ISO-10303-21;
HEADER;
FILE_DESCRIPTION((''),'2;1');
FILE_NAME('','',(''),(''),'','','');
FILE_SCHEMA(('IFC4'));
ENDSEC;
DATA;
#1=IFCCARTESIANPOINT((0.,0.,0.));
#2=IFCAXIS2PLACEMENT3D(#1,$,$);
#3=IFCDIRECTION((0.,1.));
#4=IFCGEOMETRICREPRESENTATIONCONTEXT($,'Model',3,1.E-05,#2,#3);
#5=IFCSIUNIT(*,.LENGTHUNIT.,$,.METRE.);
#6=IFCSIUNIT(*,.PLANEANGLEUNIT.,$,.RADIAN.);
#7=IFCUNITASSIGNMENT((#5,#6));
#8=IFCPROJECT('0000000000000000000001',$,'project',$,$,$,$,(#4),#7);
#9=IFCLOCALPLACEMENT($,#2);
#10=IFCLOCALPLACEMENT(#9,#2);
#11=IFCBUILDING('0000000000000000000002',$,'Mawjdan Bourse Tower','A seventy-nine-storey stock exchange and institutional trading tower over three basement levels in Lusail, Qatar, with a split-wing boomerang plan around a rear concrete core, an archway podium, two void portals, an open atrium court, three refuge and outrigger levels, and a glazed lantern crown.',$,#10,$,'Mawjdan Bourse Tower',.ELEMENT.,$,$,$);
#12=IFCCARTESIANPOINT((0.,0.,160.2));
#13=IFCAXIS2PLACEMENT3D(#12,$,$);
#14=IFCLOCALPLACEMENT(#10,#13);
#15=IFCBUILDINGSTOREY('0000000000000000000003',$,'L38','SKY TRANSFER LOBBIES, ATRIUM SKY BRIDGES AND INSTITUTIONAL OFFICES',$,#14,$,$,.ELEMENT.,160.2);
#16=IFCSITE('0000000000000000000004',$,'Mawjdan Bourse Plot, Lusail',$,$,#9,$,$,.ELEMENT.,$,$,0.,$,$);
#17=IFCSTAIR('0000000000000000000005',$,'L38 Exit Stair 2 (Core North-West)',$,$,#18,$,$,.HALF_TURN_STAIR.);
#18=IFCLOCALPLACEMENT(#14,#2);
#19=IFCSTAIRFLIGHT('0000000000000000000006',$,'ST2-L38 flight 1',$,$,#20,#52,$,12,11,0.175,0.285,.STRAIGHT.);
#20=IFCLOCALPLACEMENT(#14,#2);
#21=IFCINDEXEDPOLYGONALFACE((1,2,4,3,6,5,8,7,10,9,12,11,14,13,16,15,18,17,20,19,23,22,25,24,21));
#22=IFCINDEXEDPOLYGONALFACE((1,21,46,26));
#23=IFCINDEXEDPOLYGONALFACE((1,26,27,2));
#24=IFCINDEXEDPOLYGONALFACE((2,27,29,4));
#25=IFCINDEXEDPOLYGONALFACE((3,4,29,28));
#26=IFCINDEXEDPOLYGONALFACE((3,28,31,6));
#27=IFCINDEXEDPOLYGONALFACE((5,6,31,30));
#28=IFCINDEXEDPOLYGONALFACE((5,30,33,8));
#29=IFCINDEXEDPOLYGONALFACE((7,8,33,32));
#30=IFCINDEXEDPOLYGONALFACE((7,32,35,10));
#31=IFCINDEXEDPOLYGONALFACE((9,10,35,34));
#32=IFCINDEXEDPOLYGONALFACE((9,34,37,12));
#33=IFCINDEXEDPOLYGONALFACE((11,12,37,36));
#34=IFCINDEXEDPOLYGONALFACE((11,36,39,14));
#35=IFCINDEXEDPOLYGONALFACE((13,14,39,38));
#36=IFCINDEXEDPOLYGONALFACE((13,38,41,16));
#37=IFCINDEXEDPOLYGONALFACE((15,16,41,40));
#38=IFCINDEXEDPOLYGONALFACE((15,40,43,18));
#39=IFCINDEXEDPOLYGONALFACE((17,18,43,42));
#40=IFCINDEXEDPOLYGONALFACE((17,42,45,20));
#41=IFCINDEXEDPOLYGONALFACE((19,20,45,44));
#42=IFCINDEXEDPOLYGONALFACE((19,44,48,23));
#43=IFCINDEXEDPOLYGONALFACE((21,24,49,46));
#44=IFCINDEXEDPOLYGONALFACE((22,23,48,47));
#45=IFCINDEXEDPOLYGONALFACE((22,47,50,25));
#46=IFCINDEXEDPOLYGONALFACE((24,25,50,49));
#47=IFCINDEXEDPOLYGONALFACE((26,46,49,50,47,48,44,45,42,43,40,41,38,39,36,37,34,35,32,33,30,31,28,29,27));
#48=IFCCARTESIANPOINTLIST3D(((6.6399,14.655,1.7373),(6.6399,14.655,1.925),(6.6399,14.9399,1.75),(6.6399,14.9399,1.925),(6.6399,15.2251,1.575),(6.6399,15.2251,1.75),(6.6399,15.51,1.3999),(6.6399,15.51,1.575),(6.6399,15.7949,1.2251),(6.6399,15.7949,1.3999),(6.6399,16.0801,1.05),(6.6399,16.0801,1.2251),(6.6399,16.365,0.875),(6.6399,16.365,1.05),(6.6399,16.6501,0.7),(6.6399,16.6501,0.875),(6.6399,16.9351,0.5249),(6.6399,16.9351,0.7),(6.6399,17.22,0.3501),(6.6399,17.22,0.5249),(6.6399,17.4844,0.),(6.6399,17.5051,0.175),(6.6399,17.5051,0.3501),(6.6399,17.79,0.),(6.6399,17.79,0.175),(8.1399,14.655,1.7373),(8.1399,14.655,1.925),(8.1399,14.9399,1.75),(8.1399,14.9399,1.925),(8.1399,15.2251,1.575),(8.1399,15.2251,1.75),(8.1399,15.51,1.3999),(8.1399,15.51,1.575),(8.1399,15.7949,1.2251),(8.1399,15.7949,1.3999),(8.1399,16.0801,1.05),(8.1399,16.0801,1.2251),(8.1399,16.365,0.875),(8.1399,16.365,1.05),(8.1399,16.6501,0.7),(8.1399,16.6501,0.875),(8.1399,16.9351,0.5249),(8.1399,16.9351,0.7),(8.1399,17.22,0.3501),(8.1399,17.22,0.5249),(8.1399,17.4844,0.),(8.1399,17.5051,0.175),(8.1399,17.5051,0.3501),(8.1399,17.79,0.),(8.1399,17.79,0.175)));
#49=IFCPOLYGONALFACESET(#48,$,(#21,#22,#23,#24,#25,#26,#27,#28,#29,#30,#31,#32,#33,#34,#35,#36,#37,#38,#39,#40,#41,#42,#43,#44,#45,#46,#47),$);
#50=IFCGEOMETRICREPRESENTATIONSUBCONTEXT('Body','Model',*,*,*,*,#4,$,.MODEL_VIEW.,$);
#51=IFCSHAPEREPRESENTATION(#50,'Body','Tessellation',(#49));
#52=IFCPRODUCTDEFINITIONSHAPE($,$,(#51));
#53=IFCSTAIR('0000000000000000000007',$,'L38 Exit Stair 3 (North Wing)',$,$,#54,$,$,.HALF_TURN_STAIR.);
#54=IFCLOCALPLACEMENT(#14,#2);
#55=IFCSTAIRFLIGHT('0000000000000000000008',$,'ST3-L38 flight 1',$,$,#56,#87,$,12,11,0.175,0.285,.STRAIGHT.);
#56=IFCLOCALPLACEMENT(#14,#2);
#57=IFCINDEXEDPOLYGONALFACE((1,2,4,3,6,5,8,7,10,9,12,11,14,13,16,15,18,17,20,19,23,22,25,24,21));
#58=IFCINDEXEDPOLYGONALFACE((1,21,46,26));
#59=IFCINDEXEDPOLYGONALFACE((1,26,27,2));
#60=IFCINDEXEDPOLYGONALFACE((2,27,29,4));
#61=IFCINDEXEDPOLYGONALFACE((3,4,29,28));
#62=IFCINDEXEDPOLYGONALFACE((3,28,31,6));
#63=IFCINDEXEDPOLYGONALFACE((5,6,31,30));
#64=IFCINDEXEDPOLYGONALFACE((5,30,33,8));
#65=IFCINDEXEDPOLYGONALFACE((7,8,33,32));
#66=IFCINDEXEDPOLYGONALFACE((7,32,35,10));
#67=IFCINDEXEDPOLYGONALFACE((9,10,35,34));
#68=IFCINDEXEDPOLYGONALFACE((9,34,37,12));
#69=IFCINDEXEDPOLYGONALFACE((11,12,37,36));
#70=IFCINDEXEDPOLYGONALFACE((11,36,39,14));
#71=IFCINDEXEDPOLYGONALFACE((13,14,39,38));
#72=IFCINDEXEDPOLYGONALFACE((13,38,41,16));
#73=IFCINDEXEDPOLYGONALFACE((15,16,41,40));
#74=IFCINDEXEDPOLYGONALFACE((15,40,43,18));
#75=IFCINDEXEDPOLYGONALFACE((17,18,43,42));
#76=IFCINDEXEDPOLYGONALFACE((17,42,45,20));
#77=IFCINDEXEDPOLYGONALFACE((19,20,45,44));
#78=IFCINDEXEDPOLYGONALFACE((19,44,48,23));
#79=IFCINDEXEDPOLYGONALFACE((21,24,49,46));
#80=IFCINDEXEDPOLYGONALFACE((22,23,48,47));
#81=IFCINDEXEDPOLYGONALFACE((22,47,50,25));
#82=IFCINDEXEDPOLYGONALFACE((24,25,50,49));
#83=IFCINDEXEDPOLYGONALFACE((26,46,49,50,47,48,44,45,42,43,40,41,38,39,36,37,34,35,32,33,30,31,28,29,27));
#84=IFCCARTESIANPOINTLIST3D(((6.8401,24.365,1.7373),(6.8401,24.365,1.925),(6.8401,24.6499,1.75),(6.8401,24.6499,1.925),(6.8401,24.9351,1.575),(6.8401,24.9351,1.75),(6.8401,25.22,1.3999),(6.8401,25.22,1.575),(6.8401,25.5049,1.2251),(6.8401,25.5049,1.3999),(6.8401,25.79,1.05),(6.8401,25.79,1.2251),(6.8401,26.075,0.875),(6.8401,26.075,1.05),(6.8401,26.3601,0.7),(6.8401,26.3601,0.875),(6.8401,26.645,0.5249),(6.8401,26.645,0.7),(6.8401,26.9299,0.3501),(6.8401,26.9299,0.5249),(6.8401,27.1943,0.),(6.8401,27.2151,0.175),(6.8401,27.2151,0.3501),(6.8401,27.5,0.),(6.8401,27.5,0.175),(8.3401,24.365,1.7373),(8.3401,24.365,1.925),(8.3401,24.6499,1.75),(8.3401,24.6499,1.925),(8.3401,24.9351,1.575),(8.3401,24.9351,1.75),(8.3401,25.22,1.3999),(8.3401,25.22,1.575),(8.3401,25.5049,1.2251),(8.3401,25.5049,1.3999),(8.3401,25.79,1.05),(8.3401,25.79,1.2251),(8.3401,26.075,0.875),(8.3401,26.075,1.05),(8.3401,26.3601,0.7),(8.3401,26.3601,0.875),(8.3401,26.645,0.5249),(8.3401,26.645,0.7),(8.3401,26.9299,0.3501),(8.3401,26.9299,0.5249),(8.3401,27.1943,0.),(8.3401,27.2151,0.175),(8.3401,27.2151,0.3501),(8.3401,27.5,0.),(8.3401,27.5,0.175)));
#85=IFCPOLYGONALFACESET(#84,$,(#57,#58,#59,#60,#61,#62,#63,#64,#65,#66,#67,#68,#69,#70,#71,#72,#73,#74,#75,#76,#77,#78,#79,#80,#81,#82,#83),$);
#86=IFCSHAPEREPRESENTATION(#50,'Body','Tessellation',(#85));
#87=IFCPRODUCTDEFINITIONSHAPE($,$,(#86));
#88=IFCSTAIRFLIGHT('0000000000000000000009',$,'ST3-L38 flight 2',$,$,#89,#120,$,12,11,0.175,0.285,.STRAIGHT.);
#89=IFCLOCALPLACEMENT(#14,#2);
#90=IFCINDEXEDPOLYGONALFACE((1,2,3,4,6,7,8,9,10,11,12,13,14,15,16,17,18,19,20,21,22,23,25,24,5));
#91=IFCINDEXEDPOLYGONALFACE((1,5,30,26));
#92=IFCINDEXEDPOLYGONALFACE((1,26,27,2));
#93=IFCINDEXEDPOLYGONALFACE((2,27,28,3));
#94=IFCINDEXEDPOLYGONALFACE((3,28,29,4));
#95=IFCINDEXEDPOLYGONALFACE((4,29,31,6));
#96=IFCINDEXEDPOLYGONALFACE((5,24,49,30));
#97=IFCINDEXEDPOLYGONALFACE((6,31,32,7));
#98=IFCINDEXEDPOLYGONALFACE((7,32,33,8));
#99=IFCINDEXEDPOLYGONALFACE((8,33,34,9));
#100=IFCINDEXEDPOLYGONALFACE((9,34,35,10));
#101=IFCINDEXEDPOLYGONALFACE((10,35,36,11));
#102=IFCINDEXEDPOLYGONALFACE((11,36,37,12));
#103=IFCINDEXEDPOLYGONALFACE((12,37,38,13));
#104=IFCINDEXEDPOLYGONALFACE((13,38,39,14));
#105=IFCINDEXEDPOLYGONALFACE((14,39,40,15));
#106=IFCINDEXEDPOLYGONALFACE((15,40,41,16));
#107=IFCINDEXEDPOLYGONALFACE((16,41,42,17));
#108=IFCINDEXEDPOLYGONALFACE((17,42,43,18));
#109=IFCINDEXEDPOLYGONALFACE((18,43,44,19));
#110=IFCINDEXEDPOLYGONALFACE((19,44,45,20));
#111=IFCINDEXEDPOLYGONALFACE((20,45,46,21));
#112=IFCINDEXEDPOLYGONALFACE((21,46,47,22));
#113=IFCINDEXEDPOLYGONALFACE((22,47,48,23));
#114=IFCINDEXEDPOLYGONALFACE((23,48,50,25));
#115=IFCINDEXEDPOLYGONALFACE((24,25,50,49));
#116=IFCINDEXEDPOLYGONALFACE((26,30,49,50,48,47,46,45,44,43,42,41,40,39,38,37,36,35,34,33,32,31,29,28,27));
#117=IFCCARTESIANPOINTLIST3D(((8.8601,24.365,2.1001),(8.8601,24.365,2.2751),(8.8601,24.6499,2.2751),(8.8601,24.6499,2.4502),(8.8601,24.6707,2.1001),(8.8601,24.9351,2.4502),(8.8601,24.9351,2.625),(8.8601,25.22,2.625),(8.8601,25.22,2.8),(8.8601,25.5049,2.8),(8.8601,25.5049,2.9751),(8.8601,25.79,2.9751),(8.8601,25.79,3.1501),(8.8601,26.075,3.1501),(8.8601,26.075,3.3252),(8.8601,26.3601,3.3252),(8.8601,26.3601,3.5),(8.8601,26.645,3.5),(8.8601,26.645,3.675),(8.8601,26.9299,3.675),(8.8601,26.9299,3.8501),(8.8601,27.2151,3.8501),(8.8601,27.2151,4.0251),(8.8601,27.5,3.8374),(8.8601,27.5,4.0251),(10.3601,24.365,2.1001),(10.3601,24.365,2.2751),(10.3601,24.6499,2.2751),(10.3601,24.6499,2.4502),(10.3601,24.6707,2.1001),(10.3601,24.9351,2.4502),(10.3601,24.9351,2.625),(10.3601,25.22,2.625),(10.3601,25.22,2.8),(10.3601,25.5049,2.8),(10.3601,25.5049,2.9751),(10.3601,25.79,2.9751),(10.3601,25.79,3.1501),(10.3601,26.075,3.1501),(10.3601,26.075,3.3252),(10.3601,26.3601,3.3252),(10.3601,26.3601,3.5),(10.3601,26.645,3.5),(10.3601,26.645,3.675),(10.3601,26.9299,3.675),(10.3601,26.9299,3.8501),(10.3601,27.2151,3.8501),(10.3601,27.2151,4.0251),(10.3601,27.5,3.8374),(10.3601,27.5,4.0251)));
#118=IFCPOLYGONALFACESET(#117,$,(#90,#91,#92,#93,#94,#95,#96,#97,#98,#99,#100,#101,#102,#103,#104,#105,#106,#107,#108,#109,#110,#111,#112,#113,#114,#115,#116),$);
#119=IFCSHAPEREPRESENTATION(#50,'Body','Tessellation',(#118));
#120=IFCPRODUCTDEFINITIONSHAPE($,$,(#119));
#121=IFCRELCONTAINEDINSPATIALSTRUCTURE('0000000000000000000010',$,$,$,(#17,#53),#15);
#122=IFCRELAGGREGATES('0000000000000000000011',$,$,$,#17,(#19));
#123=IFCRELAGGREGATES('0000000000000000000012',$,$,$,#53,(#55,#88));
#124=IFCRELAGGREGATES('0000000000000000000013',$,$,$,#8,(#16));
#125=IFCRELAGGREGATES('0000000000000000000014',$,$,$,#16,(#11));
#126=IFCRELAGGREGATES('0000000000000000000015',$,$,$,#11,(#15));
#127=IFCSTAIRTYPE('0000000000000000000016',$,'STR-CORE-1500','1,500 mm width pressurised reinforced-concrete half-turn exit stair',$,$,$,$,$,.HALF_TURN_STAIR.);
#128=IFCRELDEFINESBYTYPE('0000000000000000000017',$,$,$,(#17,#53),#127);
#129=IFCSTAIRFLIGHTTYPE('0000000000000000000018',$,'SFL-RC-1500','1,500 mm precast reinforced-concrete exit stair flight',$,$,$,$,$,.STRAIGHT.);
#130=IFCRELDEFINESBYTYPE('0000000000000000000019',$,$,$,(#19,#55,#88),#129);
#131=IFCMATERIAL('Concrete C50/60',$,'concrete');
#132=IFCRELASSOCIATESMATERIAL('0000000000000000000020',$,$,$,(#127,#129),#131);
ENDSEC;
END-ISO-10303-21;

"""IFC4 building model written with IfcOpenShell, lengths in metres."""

from ifc_helpers import new_model, si_unit, direction, frame, origin, place, context, subcontext, project, spatial, polyline, outline, extrude, material, type_object, element, aggregate, save


model = new_model("IFC4")

# Units and contexts
model_context = context("Model", 3, precision=1e-05, world=origin(), true_north=direction((0.0, 1.0)))
body_context = subcontext(model_context, "Body", "Model", "MODEL_VIEW")
ifc_project = project(units=[si_unit("LENGTHUNIT", "METRE"), si_unit("PLANEANGLEUNIT", "RADIAN")], contexts=[model_context])

# Site, building, storey
site_placement = place(None, origin())
site = spatial("IfcSite", under=ifc_project, at=site_placement, Name="Mawjdan Bourse Plot, Lusail", CompositionType="ELEMENT", RefElevation=0.0)
building_placement = place(site_placement, origin())
building = spatial("IfcBuilding", under=site, at=building_placement, Name="Mawjdan Bourse Tower", Description="A seventy-nine-storey stock exchange and institutional trading tower over three basement levels in Lusail, Qatar, with a split-wing boomerang plan around a rear concrete core, an archway podium, two void portals, an open atrium court, three refuge and outrigger levels, and a glazed lantern crown.", LongName="Mawjdan Bourse Tower", CompositionType="ELEMENT")
storey_placement = place(building_placement, frame((0.0, 0.0, 160.2)))
storey = spatial("IfcBuildingStorey", under=building, at=storey_placement, Name="L38", Description="SKY TRANSFER LOBBIES, ATRIUM SKY BRIDGES AND INSTITUTIONAL OFFICES", CompositionType="ELEMENT", Elevation=160.2)

# Shared definitions
ifc_material_1 = material(Name="Concrete C50/60", Category="concrete")

# Stair, stair flight
stair_type = type_object("IfcStairType", Name="STR-CORE-1500", Description="1,500 mm width pressurised reinforced-concrete half-turn exit stair", PredefinedType="HALF_TURN_STAIR", material=ifc_material_1)
stair_1_placement = place(storey_placement, origin())
stair_1 = element("IfcStair", 1, at=stair_1_placement, inside=storey, type_object=stair_type, Name="L38 Exit Stair 2 (Core North-West)", PredefinedType="HALF_TURN_STAIR")
stair_flight_type = type_object("IfcStairFlightType", Name="SFL-RC-1500", Description="1,500 mm precast reinforced-concrete exit stair flight", PredefinedType="STRAIGHT", material=ifc_material_1)
stair_flight_1_placement = place(storey_placement, frame((7.3899, 17.79, 0.0), z_axis=(0.0, 0.0, 1.0), x_axis=(0.0, -1.0, 0.0)))
stair_flight_1 = element("IfcStairFlight", 2, at=stair_flight_1_placement, type_object=stair_flight_type, Name="ST2-L38 flight 1", NumberOfRisers=12, NumberOfTreads=11, PredefinedType="STRAIGHT", RiserHeight=0.175, TreadLength=0.285, context=body_context, shape_type="SweptSolid", body=[
    extrude(outline(polyline([(0.0, 0.0), (0.0, 0.175), (0.2849, 0.175), (0.2849, 0.3501), (0.5701, 0.3501), (0.5701, 0.5249), (0.855, 0.5249), (0.855, 0.7), (1.1399, 0.7), (1.1399, 0.875), (1.425, 0.875), (1.425, 1.05), (1.71, 1.05), (1.71, 1.2251), (1.9951, 1.2251), (1.9951, 1.3999), (2.28, 1.3999), (2.28, 1.575), (2.5649, 1.575), (2.5649, 1.75), (2.8501, 1.75), (2.8501, 1.925), (3.135, 1.925), (3.135, 2.1001), (3.135, 1.7373), (0.3057, 0.0), (0.0, 0.0)])), frame((0.0, 0.75, 0.0), z_axis=(0.0, -1.0, 0.0), x_axis=(1.0, 0.0, 0.0)), (0.0, 0.0, 1.0), 1.5),
])
aggregate(stair_1, [stair_flight_1])

# Stair, stair flights
stair_2_placement = place(storey_placement, origin())
stair_2 = element("IfcStair", 3, at=stair_2_placement, inside=storey, type_object=stair_type, Name="L38 Exit Stair 3 (North Wing)", PredefinedType="HALF_TURN_STAIR")
stair_flight_2_placement = place(storey_placement, frame((7.5901, 27.5, 0.0), z_axis=(0.0, 0.0, 1.0), x_axis=(0.0, -1.0, 0.0)))
stair_flight_2 = element("IfcStairFlight", 4, at=stair_flight_2_placement, type_object=stair_flight_type, Name="ST3-L38 flight 1", NumberOfRisers=12, NumberOfTreads=11, PredefinedType="STRAIGHT", RiserHeight=0.175, TreadLength=0.285, context=body_context, shape_type="SweptSolid", body=[
    extrude(outline(polyline([(0.0, 0.0), (0.0, 0.175), (0.2849, 0.175), (0.2849, 0.3501), (0.5701, 0.3501), (0.5701, 0.5249), (0.855, 0.5249), (0.855, 0.7), (1.1399, 0.7), (1.1399, 0.875), (1.425, 0.875), (1.425, 1.05), (1.71, 1.05), (1.71, 1.2251), (1.9951, 1.2251), (1.9951, 1.3999), (2.28, 1.3999), (2.28, 1.575), (2.5649, 1.575), (2.5649, 1.75), (2.8501, 1.75), (2.8501, 1.925), (3.135, 1.925), (3.135, 2.1001), (3.135, 1.7373), (0.3057, 0.0), (0.0, 0.0)])), frame((0.0, 0.75, 0.0), z_axis=(0.0, -1.0, 0.0), x_axis=(1.0, 0.0, 0.0)), (0.0, 0.0, 1.0), 1.5),
])
stair_flight_3_placement = place(storey_placement, frame((9.6101, 24.365, 2.1001), z_axis=(0.0, 0.0, 1.0), x_axis=(0.0, 1.0, 0.0)))
stair_flight_3 = element("IfcStairFlight", 5, at=stair_flight_3_placement, type_object=stair_flight_type, Name="ST3-L38 flight 2", NumberOfRisers=12, NumberOfTreads=11, PredefinedType="STRAIGHT", RiserHeight=0.175, TreadLength=0.285, context=body_context, shape_type="SweptSolid", body=[
    extrude(outline(polyline([(0.0, 0.0), (0.0, 0.175), (0.2849, 0.175), (0.2849, 0.3501), (0.5701, 0.3501), (0.5701, 0.5249), (0.855, 0.5249), (0.855, 0.7), (1.1399, 0.7), (1.1399, 0.875), (1.425, 0.875), (1.425, 1.05), (1.71, 1.05), (1.71, 1.2251), (1.9951, 1.2251), (1.9951, 1.3999), (2.28, 1.3999), (2.28, 1.575), (2.5649, 1.575), (2.5649, 1.75), (2.8501, 1.75), (2.8501, 1.925), (3.135, 1.925), (3.135, 2.1001), (3.135, 1.7373), (0.3057, 0.0), (0.0, 0.0)])), frame((0.0, 0.75, 0.0), z_axis=(0.0, -1.0, 0.0), x_axis=(1.0, 0.0, 0.0)), (0.0, 0.0, 1.0), 1.5),
])
aggregate(stair_2, [stair_flight_2, stair_flight_3])

save(model, "model.ifc")
